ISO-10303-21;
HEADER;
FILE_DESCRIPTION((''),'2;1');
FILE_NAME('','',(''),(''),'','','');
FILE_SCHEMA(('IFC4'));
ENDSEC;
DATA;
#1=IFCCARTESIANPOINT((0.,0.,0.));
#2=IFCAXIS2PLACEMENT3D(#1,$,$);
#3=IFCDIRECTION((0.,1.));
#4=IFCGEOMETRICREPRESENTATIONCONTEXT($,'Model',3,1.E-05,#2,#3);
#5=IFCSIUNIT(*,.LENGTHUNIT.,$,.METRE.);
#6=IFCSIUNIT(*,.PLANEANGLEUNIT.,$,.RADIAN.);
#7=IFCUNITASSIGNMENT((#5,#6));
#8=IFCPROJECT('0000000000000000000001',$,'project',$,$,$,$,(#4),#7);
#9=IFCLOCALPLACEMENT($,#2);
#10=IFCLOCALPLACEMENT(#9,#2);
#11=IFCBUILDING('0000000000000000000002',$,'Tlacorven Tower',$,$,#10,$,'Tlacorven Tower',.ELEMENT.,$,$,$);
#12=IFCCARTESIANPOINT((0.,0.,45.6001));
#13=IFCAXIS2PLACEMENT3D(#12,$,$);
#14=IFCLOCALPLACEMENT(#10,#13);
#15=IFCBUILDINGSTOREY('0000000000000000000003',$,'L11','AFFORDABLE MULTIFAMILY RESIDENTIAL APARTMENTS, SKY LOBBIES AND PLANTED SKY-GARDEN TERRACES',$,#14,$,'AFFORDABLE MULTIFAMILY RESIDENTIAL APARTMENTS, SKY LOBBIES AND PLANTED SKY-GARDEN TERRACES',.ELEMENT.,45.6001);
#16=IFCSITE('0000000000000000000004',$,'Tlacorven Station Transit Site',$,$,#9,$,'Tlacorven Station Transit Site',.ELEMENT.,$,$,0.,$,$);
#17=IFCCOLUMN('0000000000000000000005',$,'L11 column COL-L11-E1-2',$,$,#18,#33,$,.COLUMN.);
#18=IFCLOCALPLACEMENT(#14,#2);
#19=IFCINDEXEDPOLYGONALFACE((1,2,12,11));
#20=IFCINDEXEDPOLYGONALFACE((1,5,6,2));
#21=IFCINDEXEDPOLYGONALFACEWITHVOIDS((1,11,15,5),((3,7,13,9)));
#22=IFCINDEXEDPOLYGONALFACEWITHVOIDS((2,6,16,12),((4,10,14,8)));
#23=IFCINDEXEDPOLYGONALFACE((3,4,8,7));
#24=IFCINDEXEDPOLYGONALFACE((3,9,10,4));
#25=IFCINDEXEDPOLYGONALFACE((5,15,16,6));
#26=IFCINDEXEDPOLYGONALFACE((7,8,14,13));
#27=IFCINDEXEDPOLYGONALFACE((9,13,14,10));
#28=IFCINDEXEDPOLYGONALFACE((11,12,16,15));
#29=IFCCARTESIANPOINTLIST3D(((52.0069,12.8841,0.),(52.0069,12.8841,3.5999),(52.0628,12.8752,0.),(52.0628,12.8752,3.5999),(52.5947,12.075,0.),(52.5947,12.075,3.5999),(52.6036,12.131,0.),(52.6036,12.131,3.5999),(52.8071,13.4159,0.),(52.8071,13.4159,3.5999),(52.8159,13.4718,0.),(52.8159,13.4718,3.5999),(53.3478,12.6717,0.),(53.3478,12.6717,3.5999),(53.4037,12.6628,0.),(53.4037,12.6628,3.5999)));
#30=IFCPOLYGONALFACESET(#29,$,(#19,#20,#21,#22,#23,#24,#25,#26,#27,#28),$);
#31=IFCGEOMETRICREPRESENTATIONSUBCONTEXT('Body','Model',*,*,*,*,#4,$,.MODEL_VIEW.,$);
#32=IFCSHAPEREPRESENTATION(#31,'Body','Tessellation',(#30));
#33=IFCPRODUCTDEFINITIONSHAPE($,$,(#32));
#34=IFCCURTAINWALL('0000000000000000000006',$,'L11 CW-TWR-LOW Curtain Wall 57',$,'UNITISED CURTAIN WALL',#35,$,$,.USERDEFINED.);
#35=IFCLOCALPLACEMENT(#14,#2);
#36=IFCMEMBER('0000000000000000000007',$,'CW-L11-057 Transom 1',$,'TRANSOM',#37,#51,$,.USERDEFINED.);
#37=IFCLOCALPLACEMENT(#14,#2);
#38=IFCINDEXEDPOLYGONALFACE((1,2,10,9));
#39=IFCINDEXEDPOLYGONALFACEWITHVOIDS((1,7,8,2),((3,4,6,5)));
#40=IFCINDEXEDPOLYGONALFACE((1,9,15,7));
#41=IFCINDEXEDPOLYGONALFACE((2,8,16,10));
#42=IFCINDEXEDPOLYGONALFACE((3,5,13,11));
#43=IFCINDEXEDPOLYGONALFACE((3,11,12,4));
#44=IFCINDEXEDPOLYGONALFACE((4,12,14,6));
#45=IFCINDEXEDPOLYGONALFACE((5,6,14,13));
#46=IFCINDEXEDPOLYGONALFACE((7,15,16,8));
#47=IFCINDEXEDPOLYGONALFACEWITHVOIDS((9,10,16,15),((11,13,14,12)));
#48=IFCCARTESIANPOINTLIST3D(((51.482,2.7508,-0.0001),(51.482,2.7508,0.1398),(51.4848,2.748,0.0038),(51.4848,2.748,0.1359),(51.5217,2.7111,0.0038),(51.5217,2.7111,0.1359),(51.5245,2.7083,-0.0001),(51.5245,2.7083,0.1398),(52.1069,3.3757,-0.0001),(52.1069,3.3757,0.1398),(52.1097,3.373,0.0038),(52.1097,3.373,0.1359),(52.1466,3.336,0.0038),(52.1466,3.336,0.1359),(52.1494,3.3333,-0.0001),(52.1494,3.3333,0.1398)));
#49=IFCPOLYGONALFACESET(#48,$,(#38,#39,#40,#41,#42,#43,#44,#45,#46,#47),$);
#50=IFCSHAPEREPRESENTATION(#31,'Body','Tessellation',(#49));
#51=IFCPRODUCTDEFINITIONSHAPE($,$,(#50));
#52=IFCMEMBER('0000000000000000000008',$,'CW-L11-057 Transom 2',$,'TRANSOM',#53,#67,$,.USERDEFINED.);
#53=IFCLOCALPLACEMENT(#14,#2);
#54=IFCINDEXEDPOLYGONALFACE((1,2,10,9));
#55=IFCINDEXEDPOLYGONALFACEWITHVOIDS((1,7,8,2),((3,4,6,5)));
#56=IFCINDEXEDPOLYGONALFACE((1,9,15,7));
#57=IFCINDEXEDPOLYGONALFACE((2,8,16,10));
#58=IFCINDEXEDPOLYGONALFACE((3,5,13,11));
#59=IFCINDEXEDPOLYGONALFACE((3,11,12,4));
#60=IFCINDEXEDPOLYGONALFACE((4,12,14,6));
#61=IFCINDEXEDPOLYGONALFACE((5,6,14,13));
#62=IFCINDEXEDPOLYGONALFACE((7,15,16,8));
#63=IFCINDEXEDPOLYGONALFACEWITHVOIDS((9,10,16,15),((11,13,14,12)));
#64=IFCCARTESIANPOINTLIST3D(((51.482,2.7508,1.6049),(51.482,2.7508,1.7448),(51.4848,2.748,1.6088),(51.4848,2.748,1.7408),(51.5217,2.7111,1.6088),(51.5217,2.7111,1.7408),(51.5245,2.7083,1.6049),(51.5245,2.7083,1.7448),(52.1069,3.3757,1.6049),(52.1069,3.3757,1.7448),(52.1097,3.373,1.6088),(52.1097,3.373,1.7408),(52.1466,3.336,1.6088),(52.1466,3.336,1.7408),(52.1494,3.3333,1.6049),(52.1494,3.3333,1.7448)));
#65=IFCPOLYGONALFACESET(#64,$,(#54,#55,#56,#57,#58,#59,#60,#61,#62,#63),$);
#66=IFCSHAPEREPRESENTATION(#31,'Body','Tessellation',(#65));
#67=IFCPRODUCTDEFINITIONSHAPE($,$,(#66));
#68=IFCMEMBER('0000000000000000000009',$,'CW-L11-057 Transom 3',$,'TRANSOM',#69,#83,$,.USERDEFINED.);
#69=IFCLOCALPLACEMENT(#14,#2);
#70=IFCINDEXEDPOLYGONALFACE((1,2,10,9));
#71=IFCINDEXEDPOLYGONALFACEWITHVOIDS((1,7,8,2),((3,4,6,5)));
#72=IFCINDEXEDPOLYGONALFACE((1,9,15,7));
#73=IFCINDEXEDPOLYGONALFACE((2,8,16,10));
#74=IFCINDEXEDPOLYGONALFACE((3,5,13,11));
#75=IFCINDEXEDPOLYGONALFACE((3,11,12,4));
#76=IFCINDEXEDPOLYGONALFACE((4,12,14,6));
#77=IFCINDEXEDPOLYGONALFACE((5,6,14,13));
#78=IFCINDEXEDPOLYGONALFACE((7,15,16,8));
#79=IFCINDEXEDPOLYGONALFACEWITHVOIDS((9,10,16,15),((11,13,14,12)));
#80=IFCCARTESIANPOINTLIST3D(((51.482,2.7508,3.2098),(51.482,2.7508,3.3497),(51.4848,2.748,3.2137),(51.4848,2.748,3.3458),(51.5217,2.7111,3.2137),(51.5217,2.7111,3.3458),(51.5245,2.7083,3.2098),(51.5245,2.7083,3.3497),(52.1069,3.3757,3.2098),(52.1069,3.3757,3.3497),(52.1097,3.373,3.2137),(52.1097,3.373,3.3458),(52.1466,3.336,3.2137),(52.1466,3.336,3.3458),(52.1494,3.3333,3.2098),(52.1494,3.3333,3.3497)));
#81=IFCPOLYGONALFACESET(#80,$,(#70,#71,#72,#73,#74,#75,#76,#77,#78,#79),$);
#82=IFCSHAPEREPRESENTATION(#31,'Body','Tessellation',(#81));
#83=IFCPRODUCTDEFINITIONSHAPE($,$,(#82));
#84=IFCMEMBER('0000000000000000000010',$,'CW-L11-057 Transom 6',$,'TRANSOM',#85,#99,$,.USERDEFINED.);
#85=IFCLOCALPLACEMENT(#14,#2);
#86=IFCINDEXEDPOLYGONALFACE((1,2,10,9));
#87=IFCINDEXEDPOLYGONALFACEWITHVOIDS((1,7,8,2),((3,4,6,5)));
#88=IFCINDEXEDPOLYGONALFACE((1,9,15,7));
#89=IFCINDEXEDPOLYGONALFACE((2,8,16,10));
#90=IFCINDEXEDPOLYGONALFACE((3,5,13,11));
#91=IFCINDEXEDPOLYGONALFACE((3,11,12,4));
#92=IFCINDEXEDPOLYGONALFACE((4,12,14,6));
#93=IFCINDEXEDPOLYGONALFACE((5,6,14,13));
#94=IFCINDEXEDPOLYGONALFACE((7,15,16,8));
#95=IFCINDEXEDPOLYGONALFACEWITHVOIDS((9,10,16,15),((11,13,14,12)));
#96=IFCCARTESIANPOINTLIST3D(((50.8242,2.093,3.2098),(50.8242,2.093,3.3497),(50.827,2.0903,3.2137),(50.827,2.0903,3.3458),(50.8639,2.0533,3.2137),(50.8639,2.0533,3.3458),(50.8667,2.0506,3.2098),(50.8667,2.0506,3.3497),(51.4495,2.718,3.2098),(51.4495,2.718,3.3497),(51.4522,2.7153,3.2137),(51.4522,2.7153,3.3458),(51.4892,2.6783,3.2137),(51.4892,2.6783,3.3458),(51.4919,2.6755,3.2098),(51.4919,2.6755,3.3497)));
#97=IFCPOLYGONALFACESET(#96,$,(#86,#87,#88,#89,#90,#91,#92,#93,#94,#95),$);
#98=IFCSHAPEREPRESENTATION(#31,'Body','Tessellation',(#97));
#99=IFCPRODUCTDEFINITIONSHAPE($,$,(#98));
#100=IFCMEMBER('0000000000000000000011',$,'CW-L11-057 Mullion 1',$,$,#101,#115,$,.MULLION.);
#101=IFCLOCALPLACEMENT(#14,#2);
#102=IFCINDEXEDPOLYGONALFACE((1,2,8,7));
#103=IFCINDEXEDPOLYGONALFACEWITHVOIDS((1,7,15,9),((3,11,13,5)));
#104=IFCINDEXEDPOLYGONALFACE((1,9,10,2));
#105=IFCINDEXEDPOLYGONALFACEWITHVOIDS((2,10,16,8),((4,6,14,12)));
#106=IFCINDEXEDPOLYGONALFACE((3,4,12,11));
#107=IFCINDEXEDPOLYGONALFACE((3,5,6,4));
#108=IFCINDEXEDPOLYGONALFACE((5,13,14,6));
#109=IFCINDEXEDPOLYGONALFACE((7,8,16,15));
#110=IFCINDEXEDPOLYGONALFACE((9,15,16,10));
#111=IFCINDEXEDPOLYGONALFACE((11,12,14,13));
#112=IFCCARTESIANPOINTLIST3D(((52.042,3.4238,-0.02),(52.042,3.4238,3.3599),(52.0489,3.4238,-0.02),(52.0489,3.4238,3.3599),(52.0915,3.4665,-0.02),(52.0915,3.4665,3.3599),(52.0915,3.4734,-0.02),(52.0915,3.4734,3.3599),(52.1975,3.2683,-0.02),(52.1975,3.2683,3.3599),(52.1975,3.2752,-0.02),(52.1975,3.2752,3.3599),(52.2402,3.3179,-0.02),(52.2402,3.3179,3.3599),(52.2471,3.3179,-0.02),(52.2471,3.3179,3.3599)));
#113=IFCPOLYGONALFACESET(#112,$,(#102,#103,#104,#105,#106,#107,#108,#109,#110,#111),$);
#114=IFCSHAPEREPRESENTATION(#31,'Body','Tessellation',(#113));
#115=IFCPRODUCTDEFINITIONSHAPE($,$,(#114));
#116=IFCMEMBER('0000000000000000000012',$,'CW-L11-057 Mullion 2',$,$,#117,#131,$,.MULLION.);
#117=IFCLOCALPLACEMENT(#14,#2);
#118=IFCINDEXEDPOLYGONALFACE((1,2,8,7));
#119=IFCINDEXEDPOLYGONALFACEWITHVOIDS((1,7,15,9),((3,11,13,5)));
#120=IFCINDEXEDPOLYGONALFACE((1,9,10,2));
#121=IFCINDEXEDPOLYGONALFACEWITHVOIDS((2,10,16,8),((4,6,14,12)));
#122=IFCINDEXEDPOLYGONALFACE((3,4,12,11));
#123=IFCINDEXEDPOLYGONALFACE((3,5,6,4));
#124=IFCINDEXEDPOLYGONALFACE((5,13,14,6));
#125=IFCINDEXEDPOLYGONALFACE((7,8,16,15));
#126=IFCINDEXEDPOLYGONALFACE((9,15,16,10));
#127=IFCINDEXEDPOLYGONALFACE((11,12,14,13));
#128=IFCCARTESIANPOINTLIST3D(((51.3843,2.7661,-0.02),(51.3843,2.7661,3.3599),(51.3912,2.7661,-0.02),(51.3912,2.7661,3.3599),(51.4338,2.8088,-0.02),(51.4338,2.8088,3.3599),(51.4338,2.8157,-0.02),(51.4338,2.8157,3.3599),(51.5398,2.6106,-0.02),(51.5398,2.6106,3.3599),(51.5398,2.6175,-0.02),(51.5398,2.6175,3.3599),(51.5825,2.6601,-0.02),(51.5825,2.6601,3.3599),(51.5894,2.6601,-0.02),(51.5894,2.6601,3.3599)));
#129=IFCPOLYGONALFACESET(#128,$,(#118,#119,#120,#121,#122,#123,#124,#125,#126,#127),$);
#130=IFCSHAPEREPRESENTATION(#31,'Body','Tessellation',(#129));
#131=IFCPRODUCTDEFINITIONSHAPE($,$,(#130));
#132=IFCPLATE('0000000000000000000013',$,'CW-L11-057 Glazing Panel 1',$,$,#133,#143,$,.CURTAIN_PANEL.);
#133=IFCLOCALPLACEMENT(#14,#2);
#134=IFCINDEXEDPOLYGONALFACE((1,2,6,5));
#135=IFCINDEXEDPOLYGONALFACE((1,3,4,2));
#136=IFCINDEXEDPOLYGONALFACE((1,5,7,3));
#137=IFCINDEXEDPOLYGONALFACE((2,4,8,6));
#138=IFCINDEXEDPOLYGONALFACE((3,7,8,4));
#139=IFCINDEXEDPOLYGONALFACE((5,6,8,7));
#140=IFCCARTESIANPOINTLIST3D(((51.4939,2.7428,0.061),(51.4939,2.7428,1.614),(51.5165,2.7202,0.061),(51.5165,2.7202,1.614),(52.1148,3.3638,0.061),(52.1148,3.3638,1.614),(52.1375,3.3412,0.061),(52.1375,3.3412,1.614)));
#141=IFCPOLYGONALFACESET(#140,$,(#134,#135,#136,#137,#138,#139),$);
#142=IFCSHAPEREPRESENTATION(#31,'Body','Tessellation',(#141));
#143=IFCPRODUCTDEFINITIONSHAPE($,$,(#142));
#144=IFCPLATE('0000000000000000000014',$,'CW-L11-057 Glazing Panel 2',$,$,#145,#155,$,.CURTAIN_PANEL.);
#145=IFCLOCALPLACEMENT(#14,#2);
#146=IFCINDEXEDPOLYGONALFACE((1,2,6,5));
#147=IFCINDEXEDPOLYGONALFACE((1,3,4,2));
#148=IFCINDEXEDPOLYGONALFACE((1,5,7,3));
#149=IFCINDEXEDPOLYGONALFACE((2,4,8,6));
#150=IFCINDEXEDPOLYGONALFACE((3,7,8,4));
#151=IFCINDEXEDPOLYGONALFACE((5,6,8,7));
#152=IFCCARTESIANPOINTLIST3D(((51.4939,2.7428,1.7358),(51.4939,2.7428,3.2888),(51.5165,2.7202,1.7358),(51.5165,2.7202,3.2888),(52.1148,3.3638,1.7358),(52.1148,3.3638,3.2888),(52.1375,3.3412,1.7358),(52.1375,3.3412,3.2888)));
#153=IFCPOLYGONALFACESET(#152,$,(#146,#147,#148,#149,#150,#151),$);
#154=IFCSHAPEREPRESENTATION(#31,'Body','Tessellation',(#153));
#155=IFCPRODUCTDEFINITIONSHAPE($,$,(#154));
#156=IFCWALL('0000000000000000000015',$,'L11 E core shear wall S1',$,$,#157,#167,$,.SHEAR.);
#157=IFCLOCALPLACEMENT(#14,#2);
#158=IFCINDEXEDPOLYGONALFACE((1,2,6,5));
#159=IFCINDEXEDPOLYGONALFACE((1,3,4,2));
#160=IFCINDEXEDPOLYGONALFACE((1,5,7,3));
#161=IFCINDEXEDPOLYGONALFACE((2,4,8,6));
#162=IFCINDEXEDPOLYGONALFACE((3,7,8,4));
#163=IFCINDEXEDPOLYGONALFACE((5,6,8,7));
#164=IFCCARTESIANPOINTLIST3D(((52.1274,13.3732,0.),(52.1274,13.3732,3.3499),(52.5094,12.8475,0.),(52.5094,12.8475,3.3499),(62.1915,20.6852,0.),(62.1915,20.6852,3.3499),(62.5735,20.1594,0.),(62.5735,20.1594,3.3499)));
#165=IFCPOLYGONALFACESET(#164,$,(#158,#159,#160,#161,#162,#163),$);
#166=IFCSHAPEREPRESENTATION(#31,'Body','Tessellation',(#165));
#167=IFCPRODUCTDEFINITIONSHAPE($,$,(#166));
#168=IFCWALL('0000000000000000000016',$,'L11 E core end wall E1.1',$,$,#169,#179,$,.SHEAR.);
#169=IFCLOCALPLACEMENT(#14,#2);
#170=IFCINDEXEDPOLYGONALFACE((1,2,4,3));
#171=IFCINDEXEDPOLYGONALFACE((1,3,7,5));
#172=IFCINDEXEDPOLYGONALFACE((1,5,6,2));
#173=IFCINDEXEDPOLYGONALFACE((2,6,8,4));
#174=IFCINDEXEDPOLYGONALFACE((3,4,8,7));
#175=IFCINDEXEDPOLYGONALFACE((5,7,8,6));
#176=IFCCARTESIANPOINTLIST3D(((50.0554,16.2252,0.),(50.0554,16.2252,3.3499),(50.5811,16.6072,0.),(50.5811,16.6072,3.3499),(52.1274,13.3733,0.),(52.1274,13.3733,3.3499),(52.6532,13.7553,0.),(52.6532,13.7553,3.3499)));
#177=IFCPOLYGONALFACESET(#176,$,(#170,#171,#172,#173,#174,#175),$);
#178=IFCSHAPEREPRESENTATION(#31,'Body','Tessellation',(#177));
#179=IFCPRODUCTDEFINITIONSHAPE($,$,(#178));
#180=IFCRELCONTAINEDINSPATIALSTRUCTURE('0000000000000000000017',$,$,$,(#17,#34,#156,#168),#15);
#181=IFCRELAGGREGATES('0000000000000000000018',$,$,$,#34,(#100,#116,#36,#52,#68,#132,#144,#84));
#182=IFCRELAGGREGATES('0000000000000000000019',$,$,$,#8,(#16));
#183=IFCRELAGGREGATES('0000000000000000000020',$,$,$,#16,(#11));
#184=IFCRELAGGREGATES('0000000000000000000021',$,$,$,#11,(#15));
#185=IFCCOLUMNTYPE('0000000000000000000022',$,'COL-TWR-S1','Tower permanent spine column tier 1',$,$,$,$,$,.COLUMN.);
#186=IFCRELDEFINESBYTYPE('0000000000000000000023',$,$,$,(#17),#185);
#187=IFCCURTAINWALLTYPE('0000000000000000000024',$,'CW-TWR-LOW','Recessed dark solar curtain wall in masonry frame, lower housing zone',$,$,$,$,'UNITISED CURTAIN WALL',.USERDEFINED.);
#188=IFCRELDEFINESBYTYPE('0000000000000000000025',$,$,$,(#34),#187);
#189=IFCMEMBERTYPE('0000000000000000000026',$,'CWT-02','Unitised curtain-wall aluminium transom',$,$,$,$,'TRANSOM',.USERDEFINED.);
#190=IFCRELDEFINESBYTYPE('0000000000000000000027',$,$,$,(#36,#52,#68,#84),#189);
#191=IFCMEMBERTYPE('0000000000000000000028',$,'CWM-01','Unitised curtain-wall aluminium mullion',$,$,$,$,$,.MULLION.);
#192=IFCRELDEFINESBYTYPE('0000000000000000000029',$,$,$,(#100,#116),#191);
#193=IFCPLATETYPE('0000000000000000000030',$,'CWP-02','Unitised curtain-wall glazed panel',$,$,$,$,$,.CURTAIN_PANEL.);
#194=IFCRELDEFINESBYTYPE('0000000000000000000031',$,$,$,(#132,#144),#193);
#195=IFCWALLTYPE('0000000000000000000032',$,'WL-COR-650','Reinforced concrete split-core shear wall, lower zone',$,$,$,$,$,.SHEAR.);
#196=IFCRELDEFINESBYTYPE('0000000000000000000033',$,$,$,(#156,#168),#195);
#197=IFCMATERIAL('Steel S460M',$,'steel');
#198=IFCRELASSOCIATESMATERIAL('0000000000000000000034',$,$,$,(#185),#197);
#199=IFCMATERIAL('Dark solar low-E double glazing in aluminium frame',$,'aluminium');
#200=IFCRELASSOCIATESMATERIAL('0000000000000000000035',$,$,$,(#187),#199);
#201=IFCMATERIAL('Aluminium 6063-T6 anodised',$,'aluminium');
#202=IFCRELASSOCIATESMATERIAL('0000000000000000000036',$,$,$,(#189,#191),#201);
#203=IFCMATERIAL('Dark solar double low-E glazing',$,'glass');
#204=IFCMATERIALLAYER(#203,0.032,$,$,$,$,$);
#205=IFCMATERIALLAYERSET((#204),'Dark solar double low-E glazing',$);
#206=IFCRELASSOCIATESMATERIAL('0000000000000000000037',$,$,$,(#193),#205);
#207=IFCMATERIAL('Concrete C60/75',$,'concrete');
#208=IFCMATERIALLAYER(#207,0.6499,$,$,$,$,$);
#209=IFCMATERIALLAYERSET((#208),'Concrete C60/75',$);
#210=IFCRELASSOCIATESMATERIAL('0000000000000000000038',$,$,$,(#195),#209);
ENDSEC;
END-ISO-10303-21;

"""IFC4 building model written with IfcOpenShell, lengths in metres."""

from ifc_helpers import new_model, si_unit, direction, frame, frame_2d, origin, origin_2d, place, context, subcontext, project, spatial, rectangle, hollow_rectangle, extrude, source, transform, mapped, material, layer, layer_set, material_profile, profile_set, type_object, element, aggregate, save


model = new_model("IFC4")

# Units and contexts
model_context = context("Model", 3, precision=1e-05, world=origin(), true_north=direction((0.0, 1.0)))
body_context = subcontext(model_context, "Body", "Model", "MODEL_VIEW")
ifc_project = project(units=[si_unit("LENGTHUNIT", "METRE"), si_unit("PLANEANGLEUNIT", "RADIAN")], contexts=[model_context])

# Site, building, storey
site_placement = place(None, origin())
site = spatial("IfcSite", under=ifc_project, at=site_placement, Name="Tlacorven Station Transit Site", LongName="Tlacorven Station Transit Site", CompositionType="ELEMENT", RefElevation=0.0)
building_placement = place(site_placement, origin())
building = spatial("IfcBuilding", under=site, at=building_placement, Name="Tlacorven Tower", LongName="Tlacorven Tower", CompositionType="ELEMENT")
storey_placement = place(building_placement, frame((0.0, 0.0, 45.6001)))
storey = spatial("IfcBuildingStorey", under=building, at=storey_placement, Name="L11", Description="AFFORDABLE MULTIFAMILY RESIDENTIAL APARTMENTS, SKY LOBBIES AND PLANTED SKY-GARDEN TERRACES", LongName="AFFORDABLE MULTIFAMILY RESIDENTIAL APARTMENTS, SKY LOBBIES AND PLANTED SKY-GARDEN TERRACES", CompositionType="ELEMENT", Elevation=45.6001)

# Column
ifc_material_1 = material(Name="Steel S460M", Category="steel")
ifc_material_profile_1 = material_profile(ifc_material_1, hollow_rectangle(XDim=1.0, YDim=1.0, WallThickness=0.04, at=origin_2d()), Name="BOX 1000X1000X40")
ifc_profile_set_1 = profile_set([ifc_material_profile_1], Name="Steel S460M")
column_type = type_object("IfcColumnType", Name="COL-TWR-S1", Description="Tower permanent spine column tier 1", PredefinedType="COLUMN", material=ifc_profile_set_1)
shared_shape_1 = source(origin(), body_context, "Body", "SweptSolid", [
    extrude(hollow_rectangle(XDim=1.0, YDim=1.0, WallThickness=0.04, at=origin_2d()), origin(), (0.0, 0.0, 1.0), 3.5999),
])
column_placement = place(storey_placement, frame((52.7053, 12.7734, 0.0), z_axis=(0.0, 0.0, 1.0), x_axis=(0.809017, 0.587785, 0.0)))
element("IfcColumn", 1, at=column_placement, inside=storey, type_object=column_type, Name="L11 column COL-L11-E1-2", PredefinedType="COLUMN", context=body_context, shape_type="MappedRepresentation", body=[
    mapped(shared_shape_1, transform((0.0, 0.0, 0.0), scale=1.0)),
])

# Curtain wall, members, plates
ifc_material_2 = material(Name="Dark solar low-E double glazing in aluminium frame", Category="aluminium")
curtain_wall_type = type_object("IfcCurtainWallType", Name="CW-TWR-LOW", Description="Recessed dark solar curtain wall in masonry frame, lower housing zone", ElementType="UNITISED CURTAIN WALL", PredefinedType="USERDEFINED", material=ifc_material_2)
curtain_wall_placement = place(storey_placement, origin())
curtain_wall = element("IfcCurtainWall", 2, at=curtain_wall_placement, inside=storey, type_object=curtain_wall_type, Name="L11 CW-TWR-LOW Curtain Wall 57", ObjectType="UNITISED CURTAIN WALL", PredefinedType="USERDEFINED")
ifc_material_3 = material(Name="Aluminium 6063-T6 anodised", Category="aluminium")
ifc_material_profile_2 = material_profile(ifc_material_3, hollow_rectangle(XDim=0.0601, YDim=0.1399, WallThickness=0.0039, at=origin_2d()), Name="ALU TRANSOM 60X140")
ifc_profile_set_2 = profile_set([ifc_material_profile_2], Name="Aluminium 6063-T6 anodised")
member_type_1 = type_object("IfcMemberType", Name="CWT-02", Description="Unitised curtain-wall aluminium transom", ElementType="TRANSOM", PredefinedType="USERDEFINED", material=ifc_profile_set_2)
shared_shape_2 = source(origin(), body_context, "Body", "SweptSolid", [
    extrude(hollow_rectangle(XDim=0.0601, YDim=0.1399, WallThickness=0.0039, at=origin_2d()), origin(), (0.0, 0.0, 1.0), 0.8838),
])
member_1_placement = place(storey_placement, frame((52.1282, 3.3545, 0.0698), z_axis=(-0.707107, -0.707107, 0.0), x_axis=(0.707107, -0.707107, 0.0)))
member_1 = element("IfcMember", 3, at=member_1_placement, type_object=member_type_1, Name="CW-L11-057 Transom 1", ObjectType="TRANSOM", PredefinedType="USERDEFINED", context=body_context, shape_type="MappedRepresentation", body=[
    mapped(shared_shape_2, transform((0.0, 0.0, 0.0), scale=1.0)),
])
member_2_placement = place(storey_placement, frame((52.1282, 3.3545, 1.6748), z_axis=(-0.707107, -0.707107, 0.0), x_axis=(0.707107, -0.707107, 0.0)))
member_2 = element("IfcMember", 4, at=member_2_placement, type_object=member_type_1, Name="CW-L11-057 Transom 2", ObjectType="TRANSOM", PredefinedType="USERDEFINED", context=body_context, shape_type="MappedRepresentation", body=[
    mapped(shared_shape_2, transform((0.0, 0.0, 0.0), scale=1.0)),
])
member_3_placement = place(storey_placement, frame((52.1282, 3.3545, 3.2798), z_axis=(-0.707107, -0.707107, 0.0), x_axis=(0.707107, -0.707107, 0.0)))
member_3 = element("IfcMember", 5, at=member_3_placement, type_object=member_type_1, Name="CW-L11-057 Transom 3", ObjectType="TRANSOM", PredefinedType="USERDEFINED", context=body_context, shape_type="MappedRepresentation", body=[
    mapped(shared_shape_2, transform((0.0, 0.0, 0.0), scale=1.0)),
])
shared_shape_3 = source(origin(), body_context, "Body", "SweptSolid", [
    extrude(hollow_rectangle(XDim=0.0601, YDim=0.1399, WallThickness=0.0039, at=origin_2d()), origin(), (0.0, 0.0, 1.0), 0.884),
])
member_4_placement = place(storey_placement, frame((51.4707, 2.6968, 3.2798), z_axis=(-0.707245, -0.706969, 0.0), x_axis=(0.706969, -0.707245, 0.0)))
member_4 = element("IfcMember", 6, at=member_4_placement, type_object=member_type_1, Name="CW-L11-057 Transom 6", ObjectType="TRANSOM", PredefinedType="USERDEFINED", context=body_context, shape_type="MappedRepresentation", body=[
    mapped(shared_shape_3, transform((0.0, 0.0, 0.0), scale=1.0)),
])
ifc_material_profile_3 = material_profile(ifc_material_3, hollow_rectangle(XDim=0.0701, YDim=0.22, WallThickness=0.0049, at=origin_2d()), Name="ALU MULLION 70X220")
ifc_profile_set_3 = profile_set([ifc_material_profile_3], Name="Aluminium 6063-T6 anodised")
member_type_2 = type_object("IfcMemberType", Name="CWM-01", Description="Unitised curtain-wall aluminium mullion", PredefinedType="MULLION", material=ifc_profile_set_3)
shared_shape_4 = source(origin(), body_context, "Body", "SweptSolid", [
    extrude(hollow_rectangle(XDim=0.0701, YDim=0.22, WallThickness=0.0049, at=origin_2d()), origin(), (0.0, 0.0, 1.0), 3.3799),
])
member_5_placement = place(storey_placement, frame((52.1445, 3.3708, -0.02), z_axis=(0.0, 0.0, 1.0), x_axis=(-0.707107, -0.707107, 0.0)))
member_5 = element("IfcMember", 7, at=member_5_placement, type_object=member_type_2, Name="CW-L11-057 Mullion 1", PredefinedType="MULLION", context=body_context, shape_type="MappedRepresentation", body=[
    mapped(shared_shape_4, transform((0.0, 0.0, 0.0), scale=1.0)),
])
member_6_placement = place(storey_placement, frame((51.4868, 2.7131, -0.02), z_axis=(0.0, 0.0, 1.0), x_axis=(-0.707107, -0.707107, 0.0)))
member_6 = element("IfcMember", 8, at=member_6_placement, type_object=member_type_2, Name="CW-L11-057 Mullion 2", PredefinedType="MULLION", context=body_context, shape_type="MappedRepresentation", body=[
    mapped(shared_shape_4, transform((0.0, 0.0, 0.0), scale=1.0)),
])
ifc_material_4 = material(Name="Dark solar double low-E glazing", Category="glass")
ifc_layer_1 = layer(ifc_material_4, 0.032)
ifc_layer_set_1 = layer_set([ifc_layer_1], Name="Dark solar double low-E glazing")
plate_type = type_object("IfcPlateType", Name="CWP-02", Description="Unitised curtain-wall glazed panel", PredefinedType="CURTAIN_PANEL", material=ifc_layer_set_1)
shared_shape_5 = source(origin(), body_context, "Body", "SweptSolid", [
    extrude(rectangle(XDim=0.8782, YDim=0.032, at=origin_2d()), origin(), (0.0, 0.0, 1.0), 1.553),
])
plate_1_placement = place(storey_placement, frame((51.8157, 3.042, 0.061), z_axis=(0.0, 0.0, 1.0), x_axis=(-0.707107, -0.707107, 0.0)))
plate_1 = element("IfcPlate", 9, at=plate_1_placement, type_object=plate_type, Name="CW-L11-057 Glazing Panel 1", PredefinedType="CURTAIN_PANEL", context=body_context, shape_type="MappedRepresentation", body=[
    mapped(shared_shape_5, transform((0.0, 0.0, 0.0), scale=1.0)),
])
plate_2_placement = place(storey_placement, frame((51.8157, 3.042, 1.7358), z_axis=(0.0, 0.0, 1.0), x_axis=(-0.707107, -0.707107, 0.0)))
plate_2 = element("IfcPlate", 10, at=plate_2_placement, type_object=plate_type, Name="CW-L11-057 Glazing Panel 2", PredefinedType="CURTAIN_PANEL", context=body_context, shape_type="MappedRepresentation", body=[
    mapped(shared_shape_5, transform((0.0, 0.0, 0.0), scale=1.0)),
])
aggregate(curtain_wall, [member_5, member_6, member_1, member_2, member_3, plate_1, plate_2, member_4])

# Walls
ifc_material_5 = material(Name="Concrete C60/75", Category="concrete")
ifc_layer_2 = layer(ifc_material_5, 0.6499)
ifc_layer_set_2 = layer_set([ifc_layer_2], Name="Concrete C60/75")
wall_type_1 = type_object("IfcWallType", Name="WL-COR-650", Description="Reinforced concrete split-core shear wall, lower zone", PredefinedType="SHEAR", material=ifc_layer_set_2)
wall_1_placement = place(storey_placement, frame((52.3184, 13.1104, 0.0), z_axis=(0.0, 0.0, 1.0), x_axis=(0.809019, 0.587782, 0.0)))
element("IfcWall", 11, at=wall_1_placement, inside=storey, type_object=wall_type_1, Name="L11 E core shear wall S1", PredefinedType="SHEAR", context=body_context, shape_type="SweptSolid", body=[
    extrude(rectangle(XDim=12.4399, YDim=0.6499, at=frame_2d((6.22, 0.0))), origin(), (0.0, 0.0, 1.0), 3.3499),
])
wall_2_placement = place(storey_placement, frame((52.3904, 13.5642, 0.0), z_axis=(0.0, 0.0, 1.0), x_axis=(-0.587797, 0.809009, 0.0)))
element("IfcWall", 12, at=wall_2_placement, inside=storey, type_object=wall_type_1, Name="L11 E core end wall E1.1", PredefinedType="SHEAR", context=body_context, shape_type="SweptSolid", body=[
    extrude(rectangle(XDim=3.5251, YDim=0.6499, at=frame_2d((1.7627, 0.0))), origin(), (0.0, 0.0, 1.0), 3.3499),
])

save(model, "model.ifc")
